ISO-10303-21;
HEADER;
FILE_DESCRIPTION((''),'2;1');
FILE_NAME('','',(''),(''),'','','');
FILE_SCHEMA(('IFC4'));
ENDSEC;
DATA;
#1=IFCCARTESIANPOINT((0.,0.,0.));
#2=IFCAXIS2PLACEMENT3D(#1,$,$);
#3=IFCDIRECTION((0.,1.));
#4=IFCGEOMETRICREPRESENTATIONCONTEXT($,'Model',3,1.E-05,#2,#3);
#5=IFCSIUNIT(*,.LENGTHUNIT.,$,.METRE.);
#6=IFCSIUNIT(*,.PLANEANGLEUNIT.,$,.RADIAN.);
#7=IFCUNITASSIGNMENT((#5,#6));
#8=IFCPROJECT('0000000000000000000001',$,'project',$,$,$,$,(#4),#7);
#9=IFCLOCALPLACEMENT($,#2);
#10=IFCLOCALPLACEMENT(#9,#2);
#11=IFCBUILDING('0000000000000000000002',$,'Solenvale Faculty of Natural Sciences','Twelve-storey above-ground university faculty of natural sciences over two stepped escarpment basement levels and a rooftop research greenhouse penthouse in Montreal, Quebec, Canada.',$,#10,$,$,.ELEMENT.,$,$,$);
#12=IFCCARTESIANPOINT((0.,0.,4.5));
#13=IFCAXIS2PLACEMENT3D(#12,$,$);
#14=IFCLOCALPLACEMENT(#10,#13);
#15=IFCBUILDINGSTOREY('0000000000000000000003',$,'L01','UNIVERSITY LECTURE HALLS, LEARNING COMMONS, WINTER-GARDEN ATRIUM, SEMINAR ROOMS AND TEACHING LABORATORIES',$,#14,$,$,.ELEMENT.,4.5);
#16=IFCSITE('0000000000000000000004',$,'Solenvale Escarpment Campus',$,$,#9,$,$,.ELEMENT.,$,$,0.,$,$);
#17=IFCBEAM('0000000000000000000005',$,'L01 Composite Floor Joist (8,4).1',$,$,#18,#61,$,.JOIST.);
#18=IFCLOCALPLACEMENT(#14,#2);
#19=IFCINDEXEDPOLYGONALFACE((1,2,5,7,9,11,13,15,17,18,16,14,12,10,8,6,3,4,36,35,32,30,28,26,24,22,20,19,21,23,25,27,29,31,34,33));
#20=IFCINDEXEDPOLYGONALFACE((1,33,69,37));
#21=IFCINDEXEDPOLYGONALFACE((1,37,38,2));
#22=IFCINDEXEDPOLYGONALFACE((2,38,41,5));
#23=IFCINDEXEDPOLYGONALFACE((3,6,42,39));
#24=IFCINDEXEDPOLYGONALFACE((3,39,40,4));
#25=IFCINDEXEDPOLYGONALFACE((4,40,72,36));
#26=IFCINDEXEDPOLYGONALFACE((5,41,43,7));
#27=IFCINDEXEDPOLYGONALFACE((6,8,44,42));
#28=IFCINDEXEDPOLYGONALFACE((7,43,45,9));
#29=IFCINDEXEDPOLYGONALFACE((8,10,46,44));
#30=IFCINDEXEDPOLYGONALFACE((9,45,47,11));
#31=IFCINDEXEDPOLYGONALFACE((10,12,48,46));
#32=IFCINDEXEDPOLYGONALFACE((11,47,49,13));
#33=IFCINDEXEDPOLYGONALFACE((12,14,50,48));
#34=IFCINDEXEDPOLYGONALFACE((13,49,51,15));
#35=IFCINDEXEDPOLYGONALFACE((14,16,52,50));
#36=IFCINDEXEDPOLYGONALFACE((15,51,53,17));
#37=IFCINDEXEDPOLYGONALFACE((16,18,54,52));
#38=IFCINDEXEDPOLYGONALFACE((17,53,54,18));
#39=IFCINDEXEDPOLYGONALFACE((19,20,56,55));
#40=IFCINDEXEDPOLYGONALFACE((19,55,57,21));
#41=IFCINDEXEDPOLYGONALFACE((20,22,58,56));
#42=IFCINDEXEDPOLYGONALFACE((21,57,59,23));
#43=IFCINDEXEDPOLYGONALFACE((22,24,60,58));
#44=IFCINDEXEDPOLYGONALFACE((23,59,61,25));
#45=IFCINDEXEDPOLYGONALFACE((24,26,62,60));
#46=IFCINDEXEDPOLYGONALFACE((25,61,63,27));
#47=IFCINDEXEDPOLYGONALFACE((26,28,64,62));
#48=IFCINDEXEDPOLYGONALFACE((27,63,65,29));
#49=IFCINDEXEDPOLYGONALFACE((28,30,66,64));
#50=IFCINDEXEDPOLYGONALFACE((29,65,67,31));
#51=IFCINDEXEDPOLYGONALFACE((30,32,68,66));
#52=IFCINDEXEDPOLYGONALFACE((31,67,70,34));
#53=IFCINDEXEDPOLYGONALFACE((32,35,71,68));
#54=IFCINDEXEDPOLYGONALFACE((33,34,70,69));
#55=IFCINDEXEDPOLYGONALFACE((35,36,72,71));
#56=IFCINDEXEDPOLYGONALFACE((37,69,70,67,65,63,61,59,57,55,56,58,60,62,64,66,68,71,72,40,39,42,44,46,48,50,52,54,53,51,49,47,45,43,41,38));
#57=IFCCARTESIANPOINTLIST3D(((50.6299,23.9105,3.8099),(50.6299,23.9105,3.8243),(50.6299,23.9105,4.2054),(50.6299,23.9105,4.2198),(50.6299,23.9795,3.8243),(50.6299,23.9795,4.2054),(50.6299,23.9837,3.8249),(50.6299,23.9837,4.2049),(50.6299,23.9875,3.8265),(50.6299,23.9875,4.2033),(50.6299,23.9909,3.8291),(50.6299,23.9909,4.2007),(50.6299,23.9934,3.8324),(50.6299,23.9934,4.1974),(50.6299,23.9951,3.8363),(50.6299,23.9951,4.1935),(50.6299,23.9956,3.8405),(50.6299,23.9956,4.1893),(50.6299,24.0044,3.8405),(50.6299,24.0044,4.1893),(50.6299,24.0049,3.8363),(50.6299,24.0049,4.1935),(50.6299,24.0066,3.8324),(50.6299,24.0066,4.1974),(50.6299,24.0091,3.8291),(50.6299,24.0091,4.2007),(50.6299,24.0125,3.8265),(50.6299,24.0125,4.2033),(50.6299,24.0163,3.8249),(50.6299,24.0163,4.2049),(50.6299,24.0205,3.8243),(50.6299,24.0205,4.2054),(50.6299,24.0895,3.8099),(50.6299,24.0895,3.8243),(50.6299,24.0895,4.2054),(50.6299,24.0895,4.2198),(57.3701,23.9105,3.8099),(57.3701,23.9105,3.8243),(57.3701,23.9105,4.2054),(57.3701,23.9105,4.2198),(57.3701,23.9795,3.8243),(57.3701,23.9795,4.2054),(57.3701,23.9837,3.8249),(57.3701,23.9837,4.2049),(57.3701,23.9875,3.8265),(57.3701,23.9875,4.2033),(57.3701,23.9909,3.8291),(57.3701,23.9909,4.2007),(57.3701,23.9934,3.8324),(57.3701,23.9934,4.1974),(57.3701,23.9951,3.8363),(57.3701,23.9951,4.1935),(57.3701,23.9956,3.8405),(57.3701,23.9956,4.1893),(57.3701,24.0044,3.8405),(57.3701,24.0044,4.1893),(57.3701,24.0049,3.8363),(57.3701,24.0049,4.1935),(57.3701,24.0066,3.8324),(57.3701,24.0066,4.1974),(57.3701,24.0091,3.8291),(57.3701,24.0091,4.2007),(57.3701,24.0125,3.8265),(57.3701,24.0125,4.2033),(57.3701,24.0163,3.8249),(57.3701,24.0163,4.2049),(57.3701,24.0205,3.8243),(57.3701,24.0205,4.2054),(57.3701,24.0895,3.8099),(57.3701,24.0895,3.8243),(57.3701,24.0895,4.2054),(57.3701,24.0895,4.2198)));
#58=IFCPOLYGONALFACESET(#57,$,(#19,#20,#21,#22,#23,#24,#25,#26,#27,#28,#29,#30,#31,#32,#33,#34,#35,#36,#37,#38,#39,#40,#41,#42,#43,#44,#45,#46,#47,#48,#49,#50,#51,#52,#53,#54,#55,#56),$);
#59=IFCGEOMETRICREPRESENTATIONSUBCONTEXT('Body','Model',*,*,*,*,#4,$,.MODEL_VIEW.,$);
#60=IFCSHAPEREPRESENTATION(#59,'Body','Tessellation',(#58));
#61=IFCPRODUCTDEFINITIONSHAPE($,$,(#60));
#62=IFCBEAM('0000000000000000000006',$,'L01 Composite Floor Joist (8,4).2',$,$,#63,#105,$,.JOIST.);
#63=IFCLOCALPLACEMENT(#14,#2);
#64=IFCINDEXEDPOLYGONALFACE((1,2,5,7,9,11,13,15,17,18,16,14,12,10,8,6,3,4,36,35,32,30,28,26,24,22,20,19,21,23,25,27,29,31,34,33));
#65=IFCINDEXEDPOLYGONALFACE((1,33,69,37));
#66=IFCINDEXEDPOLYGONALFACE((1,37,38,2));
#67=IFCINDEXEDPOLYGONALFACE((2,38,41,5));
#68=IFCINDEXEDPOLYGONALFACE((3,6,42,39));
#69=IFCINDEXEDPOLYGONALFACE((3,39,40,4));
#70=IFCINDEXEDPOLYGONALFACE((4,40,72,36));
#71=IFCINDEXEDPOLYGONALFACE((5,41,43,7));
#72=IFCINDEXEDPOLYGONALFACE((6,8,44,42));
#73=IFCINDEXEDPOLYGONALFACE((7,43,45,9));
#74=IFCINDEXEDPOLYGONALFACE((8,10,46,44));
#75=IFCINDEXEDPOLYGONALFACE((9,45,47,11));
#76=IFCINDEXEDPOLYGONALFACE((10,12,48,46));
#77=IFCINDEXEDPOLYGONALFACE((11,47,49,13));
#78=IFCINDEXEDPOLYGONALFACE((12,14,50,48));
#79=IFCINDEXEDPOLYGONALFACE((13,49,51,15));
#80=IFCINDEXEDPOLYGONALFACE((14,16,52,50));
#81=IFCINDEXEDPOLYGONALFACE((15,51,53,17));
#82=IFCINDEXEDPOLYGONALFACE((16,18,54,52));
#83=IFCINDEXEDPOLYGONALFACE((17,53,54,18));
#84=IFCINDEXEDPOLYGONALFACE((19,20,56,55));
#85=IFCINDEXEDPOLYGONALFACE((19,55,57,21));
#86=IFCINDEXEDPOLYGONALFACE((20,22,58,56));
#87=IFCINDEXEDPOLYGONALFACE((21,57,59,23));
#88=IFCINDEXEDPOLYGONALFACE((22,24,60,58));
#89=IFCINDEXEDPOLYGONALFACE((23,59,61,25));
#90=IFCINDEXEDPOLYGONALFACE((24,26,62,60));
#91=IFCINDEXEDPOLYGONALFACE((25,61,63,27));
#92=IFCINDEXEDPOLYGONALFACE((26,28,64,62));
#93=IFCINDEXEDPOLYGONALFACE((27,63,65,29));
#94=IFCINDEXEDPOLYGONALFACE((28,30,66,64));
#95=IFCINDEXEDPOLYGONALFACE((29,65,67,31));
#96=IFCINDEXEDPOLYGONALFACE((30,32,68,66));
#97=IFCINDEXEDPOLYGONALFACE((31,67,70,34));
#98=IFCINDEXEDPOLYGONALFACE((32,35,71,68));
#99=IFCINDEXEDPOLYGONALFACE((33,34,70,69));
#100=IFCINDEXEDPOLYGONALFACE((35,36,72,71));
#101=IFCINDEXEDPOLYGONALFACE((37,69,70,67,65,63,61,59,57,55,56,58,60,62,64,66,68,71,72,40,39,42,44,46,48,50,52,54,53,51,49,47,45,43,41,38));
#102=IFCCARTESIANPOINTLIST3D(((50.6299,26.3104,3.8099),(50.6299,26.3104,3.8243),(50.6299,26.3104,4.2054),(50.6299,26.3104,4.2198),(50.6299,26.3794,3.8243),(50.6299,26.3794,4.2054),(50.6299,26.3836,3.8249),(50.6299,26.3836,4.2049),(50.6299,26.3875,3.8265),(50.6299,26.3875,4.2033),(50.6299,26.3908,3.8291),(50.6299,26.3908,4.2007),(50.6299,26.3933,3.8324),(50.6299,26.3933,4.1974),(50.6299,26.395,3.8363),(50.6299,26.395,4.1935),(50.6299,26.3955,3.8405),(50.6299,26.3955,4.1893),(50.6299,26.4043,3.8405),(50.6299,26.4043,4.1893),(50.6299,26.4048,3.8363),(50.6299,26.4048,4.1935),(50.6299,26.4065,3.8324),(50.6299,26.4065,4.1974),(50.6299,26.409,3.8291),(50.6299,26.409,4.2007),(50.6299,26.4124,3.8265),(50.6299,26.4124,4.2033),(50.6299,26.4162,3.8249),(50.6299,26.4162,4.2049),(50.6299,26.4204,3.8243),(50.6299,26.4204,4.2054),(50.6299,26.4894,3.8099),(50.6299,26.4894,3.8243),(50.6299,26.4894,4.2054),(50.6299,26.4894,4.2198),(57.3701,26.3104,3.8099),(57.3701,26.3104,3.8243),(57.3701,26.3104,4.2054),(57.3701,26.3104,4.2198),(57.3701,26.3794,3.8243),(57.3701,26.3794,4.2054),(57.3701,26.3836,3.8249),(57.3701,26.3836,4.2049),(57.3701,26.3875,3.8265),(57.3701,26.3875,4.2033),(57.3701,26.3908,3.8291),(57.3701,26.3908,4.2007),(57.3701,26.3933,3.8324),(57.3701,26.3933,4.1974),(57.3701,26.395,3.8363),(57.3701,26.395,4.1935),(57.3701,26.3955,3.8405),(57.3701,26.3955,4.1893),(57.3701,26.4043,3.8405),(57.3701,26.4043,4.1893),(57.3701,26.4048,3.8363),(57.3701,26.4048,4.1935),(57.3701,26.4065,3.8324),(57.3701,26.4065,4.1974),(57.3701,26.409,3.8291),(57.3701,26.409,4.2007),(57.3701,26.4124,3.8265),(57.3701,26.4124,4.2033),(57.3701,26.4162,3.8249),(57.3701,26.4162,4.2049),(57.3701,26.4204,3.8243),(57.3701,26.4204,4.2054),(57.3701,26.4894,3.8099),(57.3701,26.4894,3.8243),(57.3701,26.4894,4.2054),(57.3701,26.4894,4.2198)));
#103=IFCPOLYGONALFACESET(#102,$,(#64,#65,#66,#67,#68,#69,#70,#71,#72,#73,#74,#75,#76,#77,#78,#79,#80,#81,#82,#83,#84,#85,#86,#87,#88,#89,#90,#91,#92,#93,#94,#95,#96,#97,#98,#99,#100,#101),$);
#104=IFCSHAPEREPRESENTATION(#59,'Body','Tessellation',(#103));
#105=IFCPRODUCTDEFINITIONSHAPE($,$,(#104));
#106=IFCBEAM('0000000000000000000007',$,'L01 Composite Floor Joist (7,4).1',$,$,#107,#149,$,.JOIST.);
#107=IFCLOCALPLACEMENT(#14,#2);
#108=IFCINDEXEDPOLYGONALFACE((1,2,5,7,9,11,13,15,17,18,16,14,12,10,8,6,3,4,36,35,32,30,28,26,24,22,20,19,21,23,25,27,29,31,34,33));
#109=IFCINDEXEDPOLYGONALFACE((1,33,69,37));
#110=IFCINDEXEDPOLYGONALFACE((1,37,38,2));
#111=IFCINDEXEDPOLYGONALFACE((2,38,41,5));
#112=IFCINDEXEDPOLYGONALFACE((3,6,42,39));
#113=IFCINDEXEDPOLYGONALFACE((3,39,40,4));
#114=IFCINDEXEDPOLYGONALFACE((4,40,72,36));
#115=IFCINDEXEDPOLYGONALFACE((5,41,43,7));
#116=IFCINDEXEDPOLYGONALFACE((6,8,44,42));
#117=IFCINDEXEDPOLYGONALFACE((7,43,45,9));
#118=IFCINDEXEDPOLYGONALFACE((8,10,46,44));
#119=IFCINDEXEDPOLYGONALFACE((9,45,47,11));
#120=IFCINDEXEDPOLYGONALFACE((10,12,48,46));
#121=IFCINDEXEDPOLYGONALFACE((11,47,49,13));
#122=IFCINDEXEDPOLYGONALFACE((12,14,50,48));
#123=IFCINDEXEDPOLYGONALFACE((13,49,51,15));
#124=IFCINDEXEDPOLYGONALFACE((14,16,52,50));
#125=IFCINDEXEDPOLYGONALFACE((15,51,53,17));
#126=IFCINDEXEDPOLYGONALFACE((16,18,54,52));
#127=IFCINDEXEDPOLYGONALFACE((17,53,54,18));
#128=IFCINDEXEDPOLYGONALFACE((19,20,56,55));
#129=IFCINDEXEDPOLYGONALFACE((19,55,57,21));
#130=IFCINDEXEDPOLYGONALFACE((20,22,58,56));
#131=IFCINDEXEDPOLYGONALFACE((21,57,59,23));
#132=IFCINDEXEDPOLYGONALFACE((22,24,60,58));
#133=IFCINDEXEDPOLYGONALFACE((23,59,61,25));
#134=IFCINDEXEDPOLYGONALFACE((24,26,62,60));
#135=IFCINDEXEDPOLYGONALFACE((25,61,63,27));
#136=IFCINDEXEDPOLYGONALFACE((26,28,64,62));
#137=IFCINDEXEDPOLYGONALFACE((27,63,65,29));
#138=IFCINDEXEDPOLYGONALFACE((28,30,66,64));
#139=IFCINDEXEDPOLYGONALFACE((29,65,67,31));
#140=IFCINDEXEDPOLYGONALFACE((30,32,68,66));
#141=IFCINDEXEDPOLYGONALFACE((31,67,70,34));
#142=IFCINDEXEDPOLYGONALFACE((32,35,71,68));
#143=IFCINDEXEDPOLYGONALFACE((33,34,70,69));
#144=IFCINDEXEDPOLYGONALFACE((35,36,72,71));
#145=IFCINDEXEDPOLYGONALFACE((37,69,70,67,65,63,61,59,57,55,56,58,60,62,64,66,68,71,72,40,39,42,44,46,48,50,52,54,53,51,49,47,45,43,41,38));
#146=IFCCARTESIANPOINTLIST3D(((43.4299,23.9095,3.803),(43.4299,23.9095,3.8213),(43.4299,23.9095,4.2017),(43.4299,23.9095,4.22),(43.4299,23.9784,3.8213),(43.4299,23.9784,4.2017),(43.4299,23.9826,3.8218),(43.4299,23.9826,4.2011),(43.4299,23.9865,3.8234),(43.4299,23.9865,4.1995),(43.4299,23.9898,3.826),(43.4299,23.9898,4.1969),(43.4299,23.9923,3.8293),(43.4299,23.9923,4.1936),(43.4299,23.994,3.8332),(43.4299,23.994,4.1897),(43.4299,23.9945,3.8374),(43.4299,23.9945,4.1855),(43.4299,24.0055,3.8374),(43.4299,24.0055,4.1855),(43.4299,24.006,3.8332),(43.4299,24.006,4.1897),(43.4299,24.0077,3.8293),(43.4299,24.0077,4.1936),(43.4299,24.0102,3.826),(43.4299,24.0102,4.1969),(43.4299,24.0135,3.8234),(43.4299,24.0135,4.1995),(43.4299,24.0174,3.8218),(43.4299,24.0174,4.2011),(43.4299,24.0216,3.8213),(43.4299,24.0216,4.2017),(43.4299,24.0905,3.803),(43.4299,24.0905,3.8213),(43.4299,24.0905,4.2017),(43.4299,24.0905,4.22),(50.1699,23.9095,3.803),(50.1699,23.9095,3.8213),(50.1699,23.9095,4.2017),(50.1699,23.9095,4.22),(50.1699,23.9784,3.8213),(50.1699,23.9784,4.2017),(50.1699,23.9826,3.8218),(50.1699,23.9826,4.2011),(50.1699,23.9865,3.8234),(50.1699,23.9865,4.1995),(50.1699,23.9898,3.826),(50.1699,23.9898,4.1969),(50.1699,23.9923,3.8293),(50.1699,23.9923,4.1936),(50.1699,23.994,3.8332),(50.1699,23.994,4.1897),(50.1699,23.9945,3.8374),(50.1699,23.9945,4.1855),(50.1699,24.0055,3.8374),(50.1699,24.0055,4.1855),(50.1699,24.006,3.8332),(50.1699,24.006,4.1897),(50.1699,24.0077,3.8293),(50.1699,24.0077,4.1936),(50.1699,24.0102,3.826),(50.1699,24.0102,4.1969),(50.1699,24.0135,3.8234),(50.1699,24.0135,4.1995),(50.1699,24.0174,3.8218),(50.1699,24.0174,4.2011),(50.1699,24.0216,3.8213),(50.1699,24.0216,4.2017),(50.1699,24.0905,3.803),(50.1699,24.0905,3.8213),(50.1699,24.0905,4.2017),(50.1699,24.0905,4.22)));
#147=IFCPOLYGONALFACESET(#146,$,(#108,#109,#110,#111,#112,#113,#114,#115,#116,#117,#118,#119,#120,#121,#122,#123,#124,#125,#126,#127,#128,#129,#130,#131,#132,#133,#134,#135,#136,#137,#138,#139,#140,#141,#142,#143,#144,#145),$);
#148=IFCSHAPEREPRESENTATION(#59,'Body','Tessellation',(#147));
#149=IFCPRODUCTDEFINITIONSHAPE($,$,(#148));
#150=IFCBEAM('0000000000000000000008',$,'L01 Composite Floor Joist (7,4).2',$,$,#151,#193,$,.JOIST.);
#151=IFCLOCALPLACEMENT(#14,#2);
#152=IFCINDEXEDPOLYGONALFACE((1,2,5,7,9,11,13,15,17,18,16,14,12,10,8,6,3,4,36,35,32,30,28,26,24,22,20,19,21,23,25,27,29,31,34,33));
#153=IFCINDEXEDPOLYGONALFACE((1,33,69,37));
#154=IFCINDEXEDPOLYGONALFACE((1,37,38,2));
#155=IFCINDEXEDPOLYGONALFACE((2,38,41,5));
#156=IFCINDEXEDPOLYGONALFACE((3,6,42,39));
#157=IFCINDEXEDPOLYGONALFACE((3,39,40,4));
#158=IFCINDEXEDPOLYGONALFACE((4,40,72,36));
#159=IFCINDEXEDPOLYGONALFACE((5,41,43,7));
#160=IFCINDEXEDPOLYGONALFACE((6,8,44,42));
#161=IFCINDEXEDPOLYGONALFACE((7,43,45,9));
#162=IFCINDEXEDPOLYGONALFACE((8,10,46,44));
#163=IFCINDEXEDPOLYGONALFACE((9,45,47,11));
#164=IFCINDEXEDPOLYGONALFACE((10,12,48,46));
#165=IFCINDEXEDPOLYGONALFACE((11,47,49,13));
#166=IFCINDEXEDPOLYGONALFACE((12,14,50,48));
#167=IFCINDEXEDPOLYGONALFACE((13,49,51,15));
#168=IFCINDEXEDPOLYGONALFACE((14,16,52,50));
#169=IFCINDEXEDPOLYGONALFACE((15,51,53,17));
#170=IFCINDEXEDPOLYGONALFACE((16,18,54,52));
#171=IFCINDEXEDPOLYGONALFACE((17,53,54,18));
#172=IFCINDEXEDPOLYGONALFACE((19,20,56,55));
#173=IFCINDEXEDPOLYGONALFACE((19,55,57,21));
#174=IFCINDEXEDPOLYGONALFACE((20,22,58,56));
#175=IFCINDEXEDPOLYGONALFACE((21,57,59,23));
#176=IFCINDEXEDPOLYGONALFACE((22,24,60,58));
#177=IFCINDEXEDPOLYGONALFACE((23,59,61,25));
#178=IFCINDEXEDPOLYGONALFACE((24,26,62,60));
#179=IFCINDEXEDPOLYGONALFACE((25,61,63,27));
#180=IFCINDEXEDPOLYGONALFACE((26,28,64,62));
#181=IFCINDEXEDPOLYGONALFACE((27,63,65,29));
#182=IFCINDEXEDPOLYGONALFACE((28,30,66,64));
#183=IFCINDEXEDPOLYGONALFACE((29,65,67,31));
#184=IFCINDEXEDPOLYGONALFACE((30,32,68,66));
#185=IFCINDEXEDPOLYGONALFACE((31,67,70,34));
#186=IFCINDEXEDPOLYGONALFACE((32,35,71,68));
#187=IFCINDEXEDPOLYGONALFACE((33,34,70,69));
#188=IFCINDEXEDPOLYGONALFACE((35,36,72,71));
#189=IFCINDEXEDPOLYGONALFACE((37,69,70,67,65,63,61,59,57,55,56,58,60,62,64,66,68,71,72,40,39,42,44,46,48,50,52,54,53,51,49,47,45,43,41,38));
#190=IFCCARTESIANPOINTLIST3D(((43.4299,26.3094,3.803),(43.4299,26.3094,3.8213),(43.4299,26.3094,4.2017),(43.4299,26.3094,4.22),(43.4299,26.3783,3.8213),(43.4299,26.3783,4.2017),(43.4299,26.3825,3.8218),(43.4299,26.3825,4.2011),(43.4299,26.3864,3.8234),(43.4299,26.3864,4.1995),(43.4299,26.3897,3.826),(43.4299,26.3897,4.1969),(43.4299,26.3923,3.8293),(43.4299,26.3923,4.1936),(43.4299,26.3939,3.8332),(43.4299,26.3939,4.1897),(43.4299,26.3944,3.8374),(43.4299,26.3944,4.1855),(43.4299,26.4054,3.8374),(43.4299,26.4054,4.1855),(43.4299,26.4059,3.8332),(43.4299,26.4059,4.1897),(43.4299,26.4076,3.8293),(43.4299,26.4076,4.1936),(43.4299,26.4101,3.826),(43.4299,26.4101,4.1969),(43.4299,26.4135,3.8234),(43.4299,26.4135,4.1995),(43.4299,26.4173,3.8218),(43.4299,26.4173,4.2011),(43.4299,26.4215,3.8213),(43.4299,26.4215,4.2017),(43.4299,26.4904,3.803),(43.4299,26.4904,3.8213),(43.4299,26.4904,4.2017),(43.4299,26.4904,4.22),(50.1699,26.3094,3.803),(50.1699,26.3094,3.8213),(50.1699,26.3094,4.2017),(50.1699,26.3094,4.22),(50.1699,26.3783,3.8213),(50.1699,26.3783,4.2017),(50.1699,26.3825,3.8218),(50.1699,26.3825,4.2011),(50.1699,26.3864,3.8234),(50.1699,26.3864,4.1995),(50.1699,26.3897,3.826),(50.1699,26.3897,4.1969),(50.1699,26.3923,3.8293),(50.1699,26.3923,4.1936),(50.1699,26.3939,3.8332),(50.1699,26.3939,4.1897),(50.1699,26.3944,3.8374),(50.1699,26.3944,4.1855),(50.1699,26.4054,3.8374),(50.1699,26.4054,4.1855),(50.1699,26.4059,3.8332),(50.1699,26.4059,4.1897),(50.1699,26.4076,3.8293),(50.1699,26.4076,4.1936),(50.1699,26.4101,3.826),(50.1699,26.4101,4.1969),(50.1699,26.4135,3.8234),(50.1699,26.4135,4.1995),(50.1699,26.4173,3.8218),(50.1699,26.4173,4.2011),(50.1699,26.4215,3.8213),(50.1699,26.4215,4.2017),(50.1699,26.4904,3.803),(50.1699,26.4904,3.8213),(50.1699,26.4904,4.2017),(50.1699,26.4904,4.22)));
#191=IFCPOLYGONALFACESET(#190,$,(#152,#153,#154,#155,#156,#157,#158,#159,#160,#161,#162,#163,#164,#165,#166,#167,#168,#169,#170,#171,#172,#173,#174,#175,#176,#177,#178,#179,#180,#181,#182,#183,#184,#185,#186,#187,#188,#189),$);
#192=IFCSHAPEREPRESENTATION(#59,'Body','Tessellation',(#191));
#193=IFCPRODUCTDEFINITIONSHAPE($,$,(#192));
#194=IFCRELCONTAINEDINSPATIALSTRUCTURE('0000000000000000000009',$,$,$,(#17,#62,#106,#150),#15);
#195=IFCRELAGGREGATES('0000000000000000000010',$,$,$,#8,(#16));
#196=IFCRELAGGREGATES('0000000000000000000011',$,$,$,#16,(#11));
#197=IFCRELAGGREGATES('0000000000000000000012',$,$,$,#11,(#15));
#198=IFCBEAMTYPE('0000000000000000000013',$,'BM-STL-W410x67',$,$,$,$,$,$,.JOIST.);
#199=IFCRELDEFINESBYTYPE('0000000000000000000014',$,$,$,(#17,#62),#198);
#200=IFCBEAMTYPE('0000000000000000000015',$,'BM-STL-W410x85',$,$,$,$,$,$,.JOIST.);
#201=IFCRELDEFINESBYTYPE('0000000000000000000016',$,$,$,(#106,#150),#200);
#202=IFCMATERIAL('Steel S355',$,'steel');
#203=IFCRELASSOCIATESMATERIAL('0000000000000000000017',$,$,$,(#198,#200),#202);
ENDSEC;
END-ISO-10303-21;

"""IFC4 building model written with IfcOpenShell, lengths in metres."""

from ifc_helpers import new_model, si_unit, direction, frame, origin, origin_2d, place, context, subcontext, project, spatial, i_section, extrude, material, material_profile, profile_set, type_object, element, save


model = new_model("IFC4")

# Units and contexts
model_context = context("Model", 3, precision=1e-05, world=origin(), true_north=direction((0.0, 1.0)))
body_context = subcontext(model_context, "Body", "Model", "MODEL_VIEW")
ifc_project = project(units=[si_unit("LENGTHUNIT", "METRE"), si_unit("PLANEANGLEUNIT", "RADIAN")], contexts=[model_context])

# Site, building, storey
site_placement = place(None, origin())
site = spatial("IfcSite", under=ifc_project, at=site_placement, Name="Solenvale Escarpment Campus", CompositionType="ELEMENT", RefElevation=0.0)
building_placement = place(site_placement, origin())
building = spatial("IfcBuilding", under=site, at=building_placement, Name="Solenvale Faculty of Natural Sciences", Description="Twelve-storey above-ground university faculty of natural sciences over two stepped escarpment basement levels and a rooftop research greenhouse penthouse in Montreal, Quebec, Canada.", CompositionType="ELEMENT")
storey_placement = place(building_placement, frame((0.0, 0.0, 4.5)))
storey = spatial("IfcBuildingStorey", under=building, at=storey_placement, Name="L01", Description="UNIVERSITY LECTURE HALLS, LEARNING COMMONS, WINTER-GARDEN ATRIUM, SEMINAR ROOMS AND TEACHING LABORATORIES", CompositionType="ELEMENT", Elevation=4.5)

# Beams
ifc_material_1 = material(Name="Steel S355", Category="steel")
ifc_material_profile_1 = material_profile(ifc_material_1, i_section(OverallWidth=0.179, OverallDepth=0.4099, WebThickness=0.0088, FlangeThickness=0.0144, FilletRadius=0.0161, at=origin_2d()), Name="W410x67")
ifc_profile_set_1 = profile_set([ifc_material_profile_1], Name="Steel S355")
beam_type_1 = type_object("IfcBeamType", Name="BM-STL-W410x67", PredefinedType="JOIST", material=ifc_profile_set_1)
for number, where, z_axis, x_axis, name in (
    (1, (50.6299, 24.0, 4.0149), (1.0, 0.0, 0.0), (0.0, 1.0, 0.0), "L01 Composite Floor Joist (8,4).1"),
    (2, (50.6299, 26.3999, 4.0149), (1.0, 0.0, 0.0), (0.0, 1.0, 0.0), "L01 Composite Floor Joist (8,4).2"),
):
    element("IfcBeam", number, at=place(storey_placement, frame(where, z_axis=z_axis, x_axis=x_axis)), inside=storey, type_object=beam_type_1, Name=name, PredefinedType="JOIST", context=body_context, shape_type="SweptSolid", body=[
        extrude(i_section(OverallWidth=0.179, OverallDepth=0.4099, WebThickness=0.0088, FlangeThickness=0.0144, FilletRadius=0.0161, at=origin_2d()), origin(), (0.0, 0.0, 1.0), 6.7402),
    ])
ifc_material_profile_2 = material_profile(ifc_material_1, i_section(OverallWidth=0.1809, OverallDepth=0.417, WebThickness=0.011, FlangeThickness=0.0183, FilletRadius=0.0161, at=origin_2d()), Name="W410x85")
ifc_profile_set_2 = profile_set([ifc_material_profile_2], Name="Steel S355")
beam_type_2 = type_object("IfcBeamType", Name="BM-STL-W410x85", PredefinedType="JOIST", material=ifc_profile_set_2)
for number, where, z_axis, x_axis, name in (
    (3, (43.4299, 24.0, 4.0115), (1.0, 0.0, 0.0), (0.0, 1.0, 0.0), "L01 Composite Floor Joist (7,4).1"),
    (4, (43.4299, 26.3999, 4.0115), (1.0, 0.0, 0.0), (0.0, 1.0, 0.0), "L01 Composite Floor Joist (7,4).2"),
):
    element("IfcBeam", number, at=place(storey_placement, frame(where, z_axis=z_axis, x_axis=x_axis)), inside=storey, type_object=beam_type_2, Name=name, PredefinedType="JOIST", context=body_context, shape_type="SweptSolid", body=[
        extrude(i_section(OverallWidth=0.1809, OverallDepth=0.417, WebThickness=0.011, FlangeThickness=0.0183, FilletRadius=0.0161, at=origin_2d()), origin(), (0.0, 0.0, 1.0), 6.74),
    ])

save(model, "model.ifc")
